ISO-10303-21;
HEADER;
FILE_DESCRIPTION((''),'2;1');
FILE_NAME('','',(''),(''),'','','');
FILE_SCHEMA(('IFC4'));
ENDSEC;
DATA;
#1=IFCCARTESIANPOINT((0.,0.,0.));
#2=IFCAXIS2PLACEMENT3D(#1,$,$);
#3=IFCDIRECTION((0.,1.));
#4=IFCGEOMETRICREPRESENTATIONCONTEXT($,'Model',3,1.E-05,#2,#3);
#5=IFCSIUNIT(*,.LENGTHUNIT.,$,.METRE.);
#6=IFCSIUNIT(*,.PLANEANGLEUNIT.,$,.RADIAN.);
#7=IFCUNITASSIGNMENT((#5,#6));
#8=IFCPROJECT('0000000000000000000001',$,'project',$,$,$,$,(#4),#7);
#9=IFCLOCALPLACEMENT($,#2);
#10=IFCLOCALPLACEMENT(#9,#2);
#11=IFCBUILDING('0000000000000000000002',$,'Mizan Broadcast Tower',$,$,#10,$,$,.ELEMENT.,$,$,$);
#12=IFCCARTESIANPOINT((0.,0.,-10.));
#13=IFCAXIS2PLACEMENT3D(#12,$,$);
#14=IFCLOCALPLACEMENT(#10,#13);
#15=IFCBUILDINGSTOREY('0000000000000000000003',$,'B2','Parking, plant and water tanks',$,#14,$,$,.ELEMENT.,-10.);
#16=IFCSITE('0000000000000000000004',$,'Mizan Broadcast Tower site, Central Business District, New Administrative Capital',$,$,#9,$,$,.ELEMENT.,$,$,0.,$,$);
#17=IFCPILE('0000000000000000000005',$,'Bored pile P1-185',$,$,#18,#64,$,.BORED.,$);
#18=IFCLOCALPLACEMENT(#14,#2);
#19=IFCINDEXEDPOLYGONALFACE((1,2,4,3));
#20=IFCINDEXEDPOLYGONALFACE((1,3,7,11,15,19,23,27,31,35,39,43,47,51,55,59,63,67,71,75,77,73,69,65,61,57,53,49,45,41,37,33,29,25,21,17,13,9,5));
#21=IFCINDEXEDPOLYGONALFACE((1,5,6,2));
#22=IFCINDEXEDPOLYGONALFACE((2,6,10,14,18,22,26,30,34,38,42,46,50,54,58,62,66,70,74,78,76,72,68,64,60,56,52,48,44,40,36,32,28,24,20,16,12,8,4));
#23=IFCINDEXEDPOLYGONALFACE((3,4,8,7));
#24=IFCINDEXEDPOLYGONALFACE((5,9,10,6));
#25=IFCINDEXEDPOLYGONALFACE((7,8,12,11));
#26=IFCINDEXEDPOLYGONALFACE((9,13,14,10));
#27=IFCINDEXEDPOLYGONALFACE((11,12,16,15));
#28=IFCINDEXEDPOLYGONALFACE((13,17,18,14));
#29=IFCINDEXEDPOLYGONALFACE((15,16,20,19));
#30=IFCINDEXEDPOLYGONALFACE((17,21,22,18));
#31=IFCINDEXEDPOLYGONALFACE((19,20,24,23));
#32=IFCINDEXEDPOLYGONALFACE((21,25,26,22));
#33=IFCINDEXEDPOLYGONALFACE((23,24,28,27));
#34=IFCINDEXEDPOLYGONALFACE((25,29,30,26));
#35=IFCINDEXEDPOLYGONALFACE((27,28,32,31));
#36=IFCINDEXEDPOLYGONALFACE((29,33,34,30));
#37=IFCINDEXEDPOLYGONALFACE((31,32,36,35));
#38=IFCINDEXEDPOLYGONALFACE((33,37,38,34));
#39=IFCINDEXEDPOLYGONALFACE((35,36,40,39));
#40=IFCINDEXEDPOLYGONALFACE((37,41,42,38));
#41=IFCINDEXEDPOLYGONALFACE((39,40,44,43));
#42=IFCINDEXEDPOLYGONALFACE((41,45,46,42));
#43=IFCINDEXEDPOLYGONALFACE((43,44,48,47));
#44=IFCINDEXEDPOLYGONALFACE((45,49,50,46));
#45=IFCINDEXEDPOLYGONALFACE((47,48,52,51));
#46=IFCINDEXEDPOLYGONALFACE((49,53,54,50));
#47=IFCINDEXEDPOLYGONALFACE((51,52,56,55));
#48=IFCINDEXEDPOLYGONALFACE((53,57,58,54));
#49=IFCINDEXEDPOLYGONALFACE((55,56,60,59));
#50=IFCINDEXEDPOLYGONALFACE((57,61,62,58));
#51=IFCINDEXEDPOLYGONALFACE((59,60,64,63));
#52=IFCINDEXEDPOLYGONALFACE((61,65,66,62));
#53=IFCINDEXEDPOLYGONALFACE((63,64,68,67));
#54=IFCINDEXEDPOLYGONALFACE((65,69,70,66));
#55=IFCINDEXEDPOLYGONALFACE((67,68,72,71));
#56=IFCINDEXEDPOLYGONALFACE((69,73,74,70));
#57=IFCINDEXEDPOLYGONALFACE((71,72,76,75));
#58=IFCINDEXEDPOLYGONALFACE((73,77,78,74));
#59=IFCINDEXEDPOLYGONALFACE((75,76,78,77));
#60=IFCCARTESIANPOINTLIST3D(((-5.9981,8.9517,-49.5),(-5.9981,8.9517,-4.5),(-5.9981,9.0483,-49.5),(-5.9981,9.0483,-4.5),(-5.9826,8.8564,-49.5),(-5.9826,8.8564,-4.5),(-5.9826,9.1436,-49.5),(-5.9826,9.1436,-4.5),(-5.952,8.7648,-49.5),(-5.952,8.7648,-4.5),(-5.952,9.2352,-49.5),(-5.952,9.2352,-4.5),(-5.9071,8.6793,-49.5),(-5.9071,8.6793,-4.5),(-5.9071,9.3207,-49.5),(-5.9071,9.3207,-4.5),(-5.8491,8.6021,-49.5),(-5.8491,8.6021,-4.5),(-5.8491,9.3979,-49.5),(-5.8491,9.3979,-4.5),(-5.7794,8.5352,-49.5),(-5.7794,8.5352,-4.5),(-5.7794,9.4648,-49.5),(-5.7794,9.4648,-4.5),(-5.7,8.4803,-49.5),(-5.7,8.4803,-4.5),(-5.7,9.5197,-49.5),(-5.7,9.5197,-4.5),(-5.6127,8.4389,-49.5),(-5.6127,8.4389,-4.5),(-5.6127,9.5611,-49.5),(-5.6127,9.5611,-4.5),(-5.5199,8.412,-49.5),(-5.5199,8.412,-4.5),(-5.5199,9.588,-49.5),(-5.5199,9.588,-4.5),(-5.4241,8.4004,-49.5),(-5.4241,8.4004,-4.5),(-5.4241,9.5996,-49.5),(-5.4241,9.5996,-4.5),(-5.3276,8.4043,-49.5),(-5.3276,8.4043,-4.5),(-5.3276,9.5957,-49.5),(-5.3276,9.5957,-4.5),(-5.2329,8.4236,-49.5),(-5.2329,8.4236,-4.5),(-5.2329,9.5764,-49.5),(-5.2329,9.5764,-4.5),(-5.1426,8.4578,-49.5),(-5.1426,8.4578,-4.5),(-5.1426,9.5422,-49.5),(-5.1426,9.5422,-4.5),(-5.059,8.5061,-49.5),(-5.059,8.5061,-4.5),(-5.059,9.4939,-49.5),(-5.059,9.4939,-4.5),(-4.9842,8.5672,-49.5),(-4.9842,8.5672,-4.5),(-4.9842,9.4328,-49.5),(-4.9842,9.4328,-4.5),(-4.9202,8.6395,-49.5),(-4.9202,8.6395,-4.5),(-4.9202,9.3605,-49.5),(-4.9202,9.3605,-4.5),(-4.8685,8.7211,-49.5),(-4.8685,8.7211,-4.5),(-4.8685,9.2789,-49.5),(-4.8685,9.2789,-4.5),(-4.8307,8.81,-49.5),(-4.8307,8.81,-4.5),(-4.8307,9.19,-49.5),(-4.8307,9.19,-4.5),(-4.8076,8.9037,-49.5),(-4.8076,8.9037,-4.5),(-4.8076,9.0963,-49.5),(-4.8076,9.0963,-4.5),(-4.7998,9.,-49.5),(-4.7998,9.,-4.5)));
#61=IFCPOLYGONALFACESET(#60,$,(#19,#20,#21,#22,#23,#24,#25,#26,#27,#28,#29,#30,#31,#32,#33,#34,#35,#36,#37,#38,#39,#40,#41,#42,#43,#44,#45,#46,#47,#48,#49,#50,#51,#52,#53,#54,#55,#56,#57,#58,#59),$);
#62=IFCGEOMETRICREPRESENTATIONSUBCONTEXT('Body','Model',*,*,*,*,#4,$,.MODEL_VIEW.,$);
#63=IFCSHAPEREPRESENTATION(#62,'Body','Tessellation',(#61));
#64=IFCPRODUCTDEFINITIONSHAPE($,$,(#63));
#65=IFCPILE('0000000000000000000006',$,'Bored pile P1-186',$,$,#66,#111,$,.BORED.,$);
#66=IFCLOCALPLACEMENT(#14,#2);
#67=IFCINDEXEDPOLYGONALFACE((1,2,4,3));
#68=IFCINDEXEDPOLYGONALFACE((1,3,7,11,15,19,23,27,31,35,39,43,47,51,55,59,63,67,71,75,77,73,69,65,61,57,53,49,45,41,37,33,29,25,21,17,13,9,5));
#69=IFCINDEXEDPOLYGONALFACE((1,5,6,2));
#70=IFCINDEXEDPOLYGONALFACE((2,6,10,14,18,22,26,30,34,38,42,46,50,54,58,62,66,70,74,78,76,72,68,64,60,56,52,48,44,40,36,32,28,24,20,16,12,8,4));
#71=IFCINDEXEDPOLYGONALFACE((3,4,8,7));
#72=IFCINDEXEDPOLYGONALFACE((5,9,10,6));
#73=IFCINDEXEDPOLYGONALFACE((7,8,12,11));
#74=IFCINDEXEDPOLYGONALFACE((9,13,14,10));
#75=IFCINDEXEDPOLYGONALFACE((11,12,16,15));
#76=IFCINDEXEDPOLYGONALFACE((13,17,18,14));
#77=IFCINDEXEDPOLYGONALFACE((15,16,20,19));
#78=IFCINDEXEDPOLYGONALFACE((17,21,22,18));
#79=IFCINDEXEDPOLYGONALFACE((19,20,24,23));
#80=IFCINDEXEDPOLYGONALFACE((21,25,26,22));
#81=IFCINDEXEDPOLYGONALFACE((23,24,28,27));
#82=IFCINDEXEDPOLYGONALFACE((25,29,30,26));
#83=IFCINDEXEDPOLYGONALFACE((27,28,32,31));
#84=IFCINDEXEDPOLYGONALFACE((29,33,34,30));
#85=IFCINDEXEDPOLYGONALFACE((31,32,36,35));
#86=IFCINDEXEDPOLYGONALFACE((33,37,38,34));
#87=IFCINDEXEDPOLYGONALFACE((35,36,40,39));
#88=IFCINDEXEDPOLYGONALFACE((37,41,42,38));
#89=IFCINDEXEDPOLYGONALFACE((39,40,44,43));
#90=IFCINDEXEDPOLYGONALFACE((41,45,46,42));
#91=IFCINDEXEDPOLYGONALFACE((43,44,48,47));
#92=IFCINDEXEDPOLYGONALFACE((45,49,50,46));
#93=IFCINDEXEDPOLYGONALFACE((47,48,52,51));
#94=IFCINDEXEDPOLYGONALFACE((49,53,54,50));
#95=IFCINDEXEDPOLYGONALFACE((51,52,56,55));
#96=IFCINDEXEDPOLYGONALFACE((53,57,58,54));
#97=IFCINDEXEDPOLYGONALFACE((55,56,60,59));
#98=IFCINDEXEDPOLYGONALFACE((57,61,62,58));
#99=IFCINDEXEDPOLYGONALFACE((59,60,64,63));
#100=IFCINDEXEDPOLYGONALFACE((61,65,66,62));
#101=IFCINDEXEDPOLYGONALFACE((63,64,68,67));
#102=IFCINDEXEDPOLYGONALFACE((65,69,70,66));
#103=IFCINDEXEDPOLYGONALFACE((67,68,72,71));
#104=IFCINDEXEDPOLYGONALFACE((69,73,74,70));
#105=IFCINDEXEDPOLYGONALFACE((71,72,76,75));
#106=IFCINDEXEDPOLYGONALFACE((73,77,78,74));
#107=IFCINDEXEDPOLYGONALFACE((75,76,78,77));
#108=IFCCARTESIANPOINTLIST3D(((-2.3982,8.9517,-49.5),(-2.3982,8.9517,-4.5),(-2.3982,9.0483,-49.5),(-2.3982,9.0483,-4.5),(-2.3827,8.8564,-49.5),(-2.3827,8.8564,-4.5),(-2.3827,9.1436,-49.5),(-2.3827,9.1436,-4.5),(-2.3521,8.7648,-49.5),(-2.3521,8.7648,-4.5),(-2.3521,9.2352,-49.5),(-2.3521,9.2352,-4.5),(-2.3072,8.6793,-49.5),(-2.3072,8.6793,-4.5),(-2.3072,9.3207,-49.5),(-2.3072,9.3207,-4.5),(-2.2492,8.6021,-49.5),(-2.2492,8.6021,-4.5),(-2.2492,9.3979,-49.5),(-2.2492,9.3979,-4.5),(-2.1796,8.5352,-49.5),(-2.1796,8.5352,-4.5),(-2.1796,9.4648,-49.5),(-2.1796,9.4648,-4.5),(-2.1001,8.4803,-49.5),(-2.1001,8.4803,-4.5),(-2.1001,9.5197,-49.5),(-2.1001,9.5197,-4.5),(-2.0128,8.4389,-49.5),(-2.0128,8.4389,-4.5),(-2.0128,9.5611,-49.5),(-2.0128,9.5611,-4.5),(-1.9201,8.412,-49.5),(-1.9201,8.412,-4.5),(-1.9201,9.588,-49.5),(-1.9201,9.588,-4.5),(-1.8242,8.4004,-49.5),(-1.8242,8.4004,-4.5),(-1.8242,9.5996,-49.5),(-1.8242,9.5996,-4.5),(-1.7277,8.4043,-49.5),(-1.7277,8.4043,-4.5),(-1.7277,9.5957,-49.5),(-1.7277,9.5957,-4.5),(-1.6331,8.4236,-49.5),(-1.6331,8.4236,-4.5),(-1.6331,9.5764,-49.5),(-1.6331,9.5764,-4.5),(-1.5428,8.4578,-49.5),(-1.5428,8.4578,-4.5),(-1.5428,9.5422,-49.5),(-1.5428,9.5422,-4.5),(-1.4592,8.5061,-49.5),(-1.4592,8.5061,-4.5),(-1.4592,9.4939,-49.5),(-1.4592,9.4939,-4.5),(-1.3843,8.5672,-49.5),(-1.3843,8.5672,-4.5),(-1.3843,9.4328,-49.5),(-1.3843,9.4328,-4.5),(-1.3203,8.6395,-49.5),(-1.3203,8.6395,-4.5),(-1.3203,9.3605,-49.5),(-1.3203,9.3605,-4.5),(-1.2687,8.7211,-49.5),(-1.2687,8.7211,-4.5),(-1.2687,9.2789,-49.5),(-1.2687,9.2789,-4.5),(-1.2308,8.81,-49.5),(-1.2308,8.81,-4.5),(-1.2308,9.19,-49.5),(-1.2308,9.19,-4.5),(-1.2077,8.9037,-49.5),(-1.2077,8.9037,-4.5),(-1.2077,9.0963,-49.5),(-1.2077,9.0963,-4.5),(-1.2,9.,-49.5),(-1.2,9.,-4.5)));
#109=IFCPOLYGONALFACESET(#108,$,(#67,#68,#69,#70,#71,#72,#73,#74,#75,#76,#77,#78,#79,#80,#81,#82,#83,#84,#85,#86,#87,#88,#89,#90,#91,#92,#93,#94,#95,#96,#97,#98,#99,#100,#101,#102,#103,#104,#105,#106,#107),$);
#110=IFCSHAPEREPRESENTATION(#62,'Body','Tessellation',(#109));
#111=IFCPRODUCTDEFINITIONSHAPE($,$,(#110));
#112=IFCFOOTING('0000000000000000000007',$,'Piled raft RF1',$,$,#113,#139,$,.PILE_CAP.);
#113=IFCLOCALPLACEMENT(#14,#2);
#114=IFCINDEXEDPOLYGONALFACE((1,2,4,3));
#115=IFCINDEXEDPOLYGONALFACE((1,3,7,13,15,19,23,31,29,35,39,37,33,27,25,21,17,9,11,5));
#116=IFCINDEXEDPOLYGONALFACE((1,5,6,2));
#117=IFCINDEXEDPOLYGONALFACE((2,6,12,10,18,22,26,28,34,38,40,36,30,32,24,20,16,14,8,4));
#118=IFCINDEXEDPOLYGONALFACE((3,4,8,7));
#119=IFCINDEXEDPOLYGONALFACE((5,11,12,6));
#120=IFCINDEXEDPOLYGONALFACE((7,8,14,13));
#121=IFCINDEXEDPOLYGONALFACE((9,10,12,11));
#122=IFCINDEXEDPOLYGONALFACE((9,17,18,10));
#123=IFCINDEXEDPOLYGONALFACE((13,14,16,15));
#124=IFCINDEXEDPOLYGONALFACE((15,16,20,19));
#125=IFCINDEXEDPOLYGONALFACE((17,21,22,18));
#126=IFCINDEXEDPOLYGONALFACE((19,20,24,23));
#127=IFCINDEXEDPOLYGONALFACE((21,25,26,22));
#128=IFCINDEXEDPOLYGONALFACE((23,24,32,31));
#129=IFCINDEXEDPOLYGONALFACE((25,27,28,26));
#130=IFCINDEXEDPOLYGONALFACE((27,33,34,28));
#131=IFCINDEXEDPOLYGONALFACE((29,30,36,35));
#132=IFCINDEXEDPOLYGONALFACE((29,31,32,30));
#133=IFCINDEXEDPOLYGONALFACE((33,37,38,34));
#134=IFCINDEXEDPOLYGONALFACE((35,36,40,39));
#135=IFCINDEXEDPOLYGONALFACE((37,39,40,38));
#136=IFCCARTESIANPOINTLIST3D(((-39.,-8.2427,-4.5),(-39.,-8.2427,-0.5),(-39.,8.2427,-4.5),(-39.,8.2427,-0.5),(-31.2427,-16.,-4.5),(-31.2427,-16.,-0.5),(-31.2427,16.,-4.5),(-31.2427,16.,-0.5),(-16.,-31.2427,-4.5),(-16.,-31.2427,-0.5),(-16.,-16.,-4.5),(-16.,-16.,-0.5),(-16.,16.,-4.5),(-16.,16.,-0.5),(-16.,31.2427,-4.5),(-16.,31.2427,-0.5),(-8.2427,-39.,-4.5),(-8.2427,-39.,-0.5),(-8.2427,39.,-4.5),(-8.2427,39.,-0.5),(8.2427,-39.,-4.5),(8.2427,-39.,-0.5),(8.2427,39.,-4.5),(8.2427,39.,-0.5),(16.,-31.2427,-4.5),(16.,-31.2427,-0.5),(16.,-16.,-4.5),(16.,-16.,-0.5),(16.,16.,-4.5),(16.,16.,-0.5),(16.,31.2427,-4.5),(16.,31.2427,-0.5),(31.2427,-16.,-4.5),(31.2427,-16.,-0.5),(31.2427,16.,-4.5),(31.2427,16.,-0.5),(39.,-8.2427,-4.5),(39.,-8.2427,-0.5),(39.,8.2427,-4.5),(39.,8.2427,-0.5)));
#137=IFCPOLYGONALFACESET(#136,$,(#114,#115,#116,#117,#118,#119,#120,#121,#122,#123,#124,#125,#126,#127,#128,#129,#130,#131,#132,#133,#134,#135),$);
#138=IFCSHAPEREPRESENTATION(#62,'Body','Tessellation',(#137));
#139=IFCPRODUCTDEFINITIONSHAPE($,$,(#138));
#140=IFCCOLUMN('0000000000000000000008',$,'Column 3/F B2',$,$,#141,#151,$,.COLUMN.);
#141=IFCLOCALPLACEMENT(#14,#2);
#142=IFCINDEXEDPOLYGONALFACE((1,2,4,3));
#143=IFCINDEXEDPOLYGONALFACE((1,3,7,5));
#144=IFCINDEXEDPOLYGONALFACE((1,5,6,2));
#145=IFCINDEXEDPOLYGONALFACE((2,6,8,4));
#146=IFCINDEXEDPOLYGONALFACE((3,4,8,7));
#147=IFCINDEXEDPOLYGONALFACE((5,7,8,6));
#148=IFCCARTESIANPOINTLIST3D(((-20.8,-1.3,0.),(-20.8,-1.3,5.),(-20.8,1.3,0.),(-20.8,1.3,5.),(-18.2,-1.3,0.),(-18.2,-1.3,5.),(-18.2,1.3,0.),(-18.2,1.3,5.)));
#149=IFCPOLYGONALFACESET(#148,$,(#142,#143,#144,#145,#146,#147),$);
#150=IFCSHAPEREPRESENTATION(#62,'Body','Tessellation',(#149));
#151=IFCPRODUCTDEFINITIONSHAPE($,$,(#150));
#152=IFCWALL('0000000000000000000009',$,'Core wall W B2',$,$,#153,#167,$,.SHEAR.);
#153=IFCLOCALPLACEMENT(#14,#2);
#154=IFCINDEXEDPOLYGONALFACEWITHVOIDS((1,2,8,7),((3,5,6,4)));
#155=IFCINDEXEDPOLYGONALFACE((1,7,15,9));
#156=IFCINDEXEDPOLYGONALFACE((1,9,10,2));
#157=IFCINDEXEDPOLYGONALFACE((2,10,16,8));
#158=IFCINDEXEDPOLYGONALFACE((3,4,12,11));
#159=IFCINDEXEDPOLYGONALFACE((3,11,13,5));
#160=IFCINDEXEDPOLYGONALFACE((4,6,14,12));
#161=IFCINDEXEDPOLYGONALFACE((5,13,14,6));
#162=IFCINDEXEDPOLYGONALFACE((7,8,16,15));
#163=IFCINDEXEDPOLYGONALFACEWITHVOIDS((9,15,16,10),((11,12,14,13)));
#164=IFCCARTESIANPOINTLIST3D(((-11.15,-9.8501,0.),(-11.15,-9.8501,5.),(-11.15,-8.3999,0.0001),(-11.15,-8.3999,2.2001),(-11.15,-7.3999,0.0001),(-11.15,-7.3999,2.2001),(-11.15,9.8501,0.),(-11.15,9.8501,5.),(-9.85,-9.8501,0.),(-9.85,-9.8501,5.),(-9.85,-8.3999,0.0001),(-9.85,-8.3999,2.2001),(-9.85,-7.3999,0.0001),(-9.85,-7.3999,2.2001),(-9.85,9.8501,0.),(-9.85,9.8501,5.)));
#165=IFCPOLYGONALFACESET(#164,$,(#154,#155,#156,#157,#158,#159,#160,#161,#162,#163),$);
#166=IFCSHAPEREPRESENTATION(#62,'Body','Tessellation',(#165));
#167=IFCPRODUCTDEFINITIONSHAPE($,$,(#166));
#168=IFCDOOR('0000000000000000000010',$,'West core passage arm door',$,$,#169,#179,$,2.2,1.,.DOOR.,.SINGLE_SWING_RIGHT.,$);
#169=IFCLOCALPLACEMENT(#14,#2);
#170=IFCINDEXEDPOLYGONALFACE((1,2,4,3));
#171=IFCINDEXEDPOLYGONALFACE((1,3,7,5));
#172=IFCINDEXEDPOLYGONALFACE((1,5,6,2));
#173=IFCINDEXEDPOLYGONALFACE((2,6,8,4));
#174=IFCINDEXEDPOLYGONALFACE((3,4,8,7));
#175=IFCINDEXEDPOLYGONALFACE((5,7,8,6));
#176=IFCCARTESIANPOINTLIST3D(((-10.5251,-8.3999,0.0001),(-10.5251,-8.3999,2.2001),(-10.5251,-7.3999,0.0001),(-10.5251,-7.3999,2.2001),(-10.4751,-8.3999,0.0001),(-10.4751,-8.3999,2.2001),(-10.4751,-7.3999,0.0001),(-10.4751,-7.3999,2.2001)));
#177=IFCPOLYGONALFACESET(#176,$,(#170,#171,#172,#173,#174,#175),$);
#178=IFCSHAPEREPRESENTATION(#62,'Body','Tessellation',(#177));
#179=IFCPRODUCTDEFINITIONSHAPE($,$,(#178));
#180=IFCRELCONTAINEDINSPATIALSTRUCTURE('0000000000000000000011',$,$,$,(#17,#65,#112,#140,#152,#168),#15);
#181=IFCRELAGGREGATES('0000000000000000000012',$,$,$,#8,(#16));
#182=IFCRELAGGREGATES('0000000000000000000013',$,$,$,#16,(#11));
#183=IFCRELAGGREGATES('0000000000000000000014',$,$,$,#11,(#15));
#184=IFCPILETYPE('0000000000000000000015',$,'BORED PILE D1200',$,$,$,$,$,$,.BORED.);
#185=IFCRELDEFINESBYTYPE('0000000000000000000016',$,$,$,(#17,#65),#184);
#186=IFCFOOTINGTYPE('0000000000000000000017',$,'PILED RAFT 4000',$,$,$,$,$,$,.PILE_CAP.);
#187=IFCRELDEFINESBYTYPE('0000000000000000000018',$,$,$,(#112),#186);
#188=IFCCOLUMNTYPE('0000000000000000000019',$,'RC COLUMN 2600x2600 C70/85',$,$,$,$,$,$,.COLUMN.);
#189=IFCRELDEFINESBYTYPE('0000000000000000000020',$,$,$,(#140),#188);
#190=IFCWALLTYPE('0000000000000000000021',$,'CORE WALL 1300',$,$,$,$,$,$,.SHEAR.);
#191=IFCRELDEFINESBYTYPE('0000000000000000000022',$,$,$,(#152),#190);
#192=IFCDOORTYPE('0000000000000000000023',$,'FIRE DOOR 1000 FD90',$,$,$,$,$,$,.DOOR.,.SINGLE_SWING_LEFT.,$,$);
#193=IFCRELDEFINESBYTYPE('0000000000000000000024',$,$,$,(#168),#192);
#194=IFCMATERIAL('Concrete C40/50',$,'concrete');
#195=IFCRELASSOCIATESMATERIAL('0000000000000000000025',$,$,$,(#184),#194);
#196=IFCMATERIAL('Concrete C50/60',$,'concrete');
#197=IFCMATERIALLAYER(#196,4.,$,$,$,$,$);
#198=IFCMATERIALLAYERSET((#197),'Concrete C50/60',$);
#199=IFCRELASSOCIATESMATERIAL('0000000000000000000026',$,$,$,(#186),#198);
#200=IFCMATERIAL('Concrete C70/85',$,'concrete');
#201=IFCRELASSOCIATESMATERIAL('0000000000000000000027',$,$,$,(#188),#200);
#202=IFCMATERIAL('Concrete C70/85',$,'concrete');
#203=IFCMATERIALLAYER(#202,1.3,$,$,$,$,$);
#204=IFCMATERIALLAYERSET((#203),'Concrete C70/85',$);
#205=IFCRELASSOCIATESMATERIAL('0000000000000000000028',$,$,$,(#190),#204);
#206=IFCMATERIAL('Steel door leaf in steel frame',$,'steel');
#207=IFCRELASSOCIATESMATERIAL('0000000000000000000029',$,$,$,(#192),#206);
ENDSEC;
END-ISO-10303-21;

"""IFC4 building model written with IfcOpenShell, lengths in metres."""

from ifc_helpers import new_model, si_unit, direction, frame, frame_2d, origin, origin_2d, place, context, subcontext, project, spatial, polyline, rectangle, circle, outline, extrude, material, layer, layer_set, material_profile, profile_set, type_object, element, fill, save


model = new_model("IFC4")

# Units and contexts
model_context = context("Model", 3, precision=1e-05, world=origin(), true_north=direction((0.0, 1.0)))
body_context = subcontext(model_context, "Body", "Model", "MODEL_VIEW")
ifc_project = project(units=[si_unit("LENGTHUNIT", "METRE"), si_unit("PLANEANGLEUNIT", "RADIAN")], contexts=[model_context])

# Site, building, storey
site_placement = place(None, origin())
site = spatial("IfcSite", under=ifc_project, at=site_placement, Name="Mizan Broadcast Tower site, Central Business District, New Administrative Capital", CompositionType="ELEMENT", RefElevation=0.0)
building_placement = place(site_placement, origin())
building = spatial("IfcBuilding", under=site, at=building_placement, Name="Mizan Broadcast Tower", CompositionType="ELEMENT")
storey_placement = place(building_placement, frame((0.0, 0.0, -10.0)))
storey = spatial("IfcBuildingStorey", under=building, at=storey_placement, Name="B2", Description="Parking, plant and water tanks", CompositionType="ELEMENT", Elevation=-10.0)

# Piles
ifc_material_1 = material(Name="Concrete C40/50", Category="concrete")
ifc_material_profile_1 = material_profile(ifc_material_1, circle(Radius=0.6001, at=origin_2d()), Name="D1200")
ifc_profile_set_1 = profile_set([ifc_material_profile_1], Name="Concrete C40/50")
pile_type = type_object("IfcPileType", Name="BORED PILE D1200", PredefinedType="BORED", material=ifc_profile_set_1)
for number, where, z_axis, x_axis, name in (
    (1, (-5.3999, 9.0, -4.5), (0.0, 0.0, -1.0), (1.0, 0.0, 0.0), "Bored pile P1-185"),
    (2, (-1.8, 9.0, -4.5), (0.0, 0.0, -1.0), (1.0, 0.0, 0.0), "Bored pile P1-186"),
):
    element("IfcPile", number, at=place(storey_placement, frame(where, z_axis=z_axis, x_axis=x_axis)), inside=storey, type_object=pile_type, Name=name, PredefinedType="BORED", context=body_context, shape_type="SweptSolid", body=[
        extrude(circle(Radius=0.6001, at=origin_2d()), origin(), (0.0, 0.0, 1.0), 45.0),
    ])

# Footing
ifc_material_2 = material(Name="Concrete C50/60", Category="concrete")
ifc_layer_1 = layer(ifc_material_2, 4.0)
ifc_layer_set_1 = layer_set([ifc_layer_1], Name="Concrete C50/60")
footing_type = type_object("IfcFootingType", Name="PILED RAFT 4000", PredefinedType="PILE_CAP", material=ifc_layer_set_1)
footing_placement = place(storey_placement, frame((0.0, 0.0, -4.5)))
element("IfcFooting", 3, at=footing_placement, inside=storey, type_object=footing_type, Name="Piled raft RF1", PredefinedType="PILE_CAP", context=body_context, shape_type="SweptSolid", body=[
    extrude(outline(polyline([(16.0, -16.0), (31.2427, -16.0), (39.0, -8.2427), (39.0, 8.2427), (31.2427, 16.0), (16.0, 16.0), (16.0, 31.2427), (8.2427, 39.0), (-8.2427, 39.0), (-16.0, 31.2427), (-16.0, 16.0), (-31.2427, 16.0), (-39.0, 8.2427), (-39.0, -8.2427), (-31.2427, -16.0), (-16.0, -16.0), (-16.0, -31.2427), (-8.2427, -39.0), (8.2427, -39.0), (16.0, -31.2427), (16.0, -16.0)])), origin(), (0.0, 0.0, 1.0), 4.0),
])

# Column
ifc_material_3 = material(Name="Concrete C70/85", Category="concrete")
ifc_material_profile_2 = material_profile(ifc_material_3, rectangle(XDim=2.6001, YDim=2.6001, at=origin_2d()), Name="RC 2600x2600")
ifc_profile_set_2 = profile_set([ifc_material_profile_2], Name="Concrete C70/85")
column_type = type_object("IfcColumnType", Name="RC COLUMN 2600x2600 C70/85", PredefinedType="COLUMN", material=ifc_profile_set_2)
column_placement = place(storey_placement, frame((-19.5, 0.0, 0.0), z_axis=(0.0, 0.0, 1.0), x_axis=(1.0, 0.0, 0.0)))
element("IfcColumn", 4, at=column_placement, inside=storey, type_object=column_type, Name="Column 3/F B2", PredefinedType="COLUMN", context=body_context, shape_type="SweptSolid", body=[
    extrude(rectangle(XDim=2.6001, YDim=2.6001, at=origin_2d()), origin(), (0.0, 0.0, 1.0), 5.0),
])

# Wall, opening, door
ifc_material_4 = material(Name="Concrete C70/85", Category="concrete")
ifc_layer_2 = layer(ifc_material_4, 1.3)
ifc_layer_set_2 = layer_set([ifc_layer_2], Name="Concrete C70/85")
wall_type_1 = type_object("IfcWallType", Name="CORE WALL 1300", PredefinedType="SHEAR", material=ifc_layer_set_2)
wall_1_placement = place(storey_placement, frame((-10.5, 9.8501, 0.0), z_axis=(0.0, 0.0, 1.0), x_axis=(0.0, -1.0, 0.0)))
wall_1 = element("IfcWall", 5, at=wall_1_placement, inside=storey, type_object=wall_type_1, Name="Core wall W B2", PredefinedType="SHEAR", context=body_context, shape_type="SweptSolid", body=[
    extrude(rectangle(XDim=19.7002, YDim=1.3, at=frame_2d((9.8501, 0.0))), origin(), (0.0, 0.0, 1.0), 5.0),
])
opening_placement = place(wall_1_placement, frame((17.25, 0.0, 0.0)))
opening = element("IfcOpeningElement", 6, at=opening_placement, cuts=wall_1, PredefinedType="OPENING", context=body_context, shape_type="SweptSolid", body=[
    extrude(rectangle(XDim=1.0, YDim=2.2, at=frame_2d((0.5, 1.1001))), frame((0.0, 0.6599, 0.0), z_axis=(0.0, -1.0, 0.0), x_axis=(1.0, 0.0, 0.0)), (0.0, 0.0, 1.0), 1.3201),
])
ifc_material_5 = material(Name="Steel door leaf in steel frame", Category="steel")
door_type = type_object("IfcDoorType", Name="FIRE DOOR 1000 FD90", OperationType="SINGLE_SWING_LEFT", PredefinedType="DOOR", material=ifc_material_5)
door_placement = place(opening_placement, origin())
door = element("IfcDoor", 7, at=door_placement, inside=storey, type_object=door_type, Name="West core passage arm door", OperationType="SINGLE_SWING_RIGHT", OverallHeight=2.2, OverallWidth=1.0, PredefinedType="DOOR", context=body_context, shape_type="SweptSolid", body=[
    extrude(rectangle(XDim=1.0, YDim=2.2, at=frame_2d((0.5, 1.1001))), frame((0.0, 0.0249, 0.0), z_axis=(0.0, -1.0, 0.0), x_axis=(1.0, 0.0, 0.0)), (0.0, 0.0, 1.0), 0.05),
])
fill(opening, door)

save(model, "model.ifc")
